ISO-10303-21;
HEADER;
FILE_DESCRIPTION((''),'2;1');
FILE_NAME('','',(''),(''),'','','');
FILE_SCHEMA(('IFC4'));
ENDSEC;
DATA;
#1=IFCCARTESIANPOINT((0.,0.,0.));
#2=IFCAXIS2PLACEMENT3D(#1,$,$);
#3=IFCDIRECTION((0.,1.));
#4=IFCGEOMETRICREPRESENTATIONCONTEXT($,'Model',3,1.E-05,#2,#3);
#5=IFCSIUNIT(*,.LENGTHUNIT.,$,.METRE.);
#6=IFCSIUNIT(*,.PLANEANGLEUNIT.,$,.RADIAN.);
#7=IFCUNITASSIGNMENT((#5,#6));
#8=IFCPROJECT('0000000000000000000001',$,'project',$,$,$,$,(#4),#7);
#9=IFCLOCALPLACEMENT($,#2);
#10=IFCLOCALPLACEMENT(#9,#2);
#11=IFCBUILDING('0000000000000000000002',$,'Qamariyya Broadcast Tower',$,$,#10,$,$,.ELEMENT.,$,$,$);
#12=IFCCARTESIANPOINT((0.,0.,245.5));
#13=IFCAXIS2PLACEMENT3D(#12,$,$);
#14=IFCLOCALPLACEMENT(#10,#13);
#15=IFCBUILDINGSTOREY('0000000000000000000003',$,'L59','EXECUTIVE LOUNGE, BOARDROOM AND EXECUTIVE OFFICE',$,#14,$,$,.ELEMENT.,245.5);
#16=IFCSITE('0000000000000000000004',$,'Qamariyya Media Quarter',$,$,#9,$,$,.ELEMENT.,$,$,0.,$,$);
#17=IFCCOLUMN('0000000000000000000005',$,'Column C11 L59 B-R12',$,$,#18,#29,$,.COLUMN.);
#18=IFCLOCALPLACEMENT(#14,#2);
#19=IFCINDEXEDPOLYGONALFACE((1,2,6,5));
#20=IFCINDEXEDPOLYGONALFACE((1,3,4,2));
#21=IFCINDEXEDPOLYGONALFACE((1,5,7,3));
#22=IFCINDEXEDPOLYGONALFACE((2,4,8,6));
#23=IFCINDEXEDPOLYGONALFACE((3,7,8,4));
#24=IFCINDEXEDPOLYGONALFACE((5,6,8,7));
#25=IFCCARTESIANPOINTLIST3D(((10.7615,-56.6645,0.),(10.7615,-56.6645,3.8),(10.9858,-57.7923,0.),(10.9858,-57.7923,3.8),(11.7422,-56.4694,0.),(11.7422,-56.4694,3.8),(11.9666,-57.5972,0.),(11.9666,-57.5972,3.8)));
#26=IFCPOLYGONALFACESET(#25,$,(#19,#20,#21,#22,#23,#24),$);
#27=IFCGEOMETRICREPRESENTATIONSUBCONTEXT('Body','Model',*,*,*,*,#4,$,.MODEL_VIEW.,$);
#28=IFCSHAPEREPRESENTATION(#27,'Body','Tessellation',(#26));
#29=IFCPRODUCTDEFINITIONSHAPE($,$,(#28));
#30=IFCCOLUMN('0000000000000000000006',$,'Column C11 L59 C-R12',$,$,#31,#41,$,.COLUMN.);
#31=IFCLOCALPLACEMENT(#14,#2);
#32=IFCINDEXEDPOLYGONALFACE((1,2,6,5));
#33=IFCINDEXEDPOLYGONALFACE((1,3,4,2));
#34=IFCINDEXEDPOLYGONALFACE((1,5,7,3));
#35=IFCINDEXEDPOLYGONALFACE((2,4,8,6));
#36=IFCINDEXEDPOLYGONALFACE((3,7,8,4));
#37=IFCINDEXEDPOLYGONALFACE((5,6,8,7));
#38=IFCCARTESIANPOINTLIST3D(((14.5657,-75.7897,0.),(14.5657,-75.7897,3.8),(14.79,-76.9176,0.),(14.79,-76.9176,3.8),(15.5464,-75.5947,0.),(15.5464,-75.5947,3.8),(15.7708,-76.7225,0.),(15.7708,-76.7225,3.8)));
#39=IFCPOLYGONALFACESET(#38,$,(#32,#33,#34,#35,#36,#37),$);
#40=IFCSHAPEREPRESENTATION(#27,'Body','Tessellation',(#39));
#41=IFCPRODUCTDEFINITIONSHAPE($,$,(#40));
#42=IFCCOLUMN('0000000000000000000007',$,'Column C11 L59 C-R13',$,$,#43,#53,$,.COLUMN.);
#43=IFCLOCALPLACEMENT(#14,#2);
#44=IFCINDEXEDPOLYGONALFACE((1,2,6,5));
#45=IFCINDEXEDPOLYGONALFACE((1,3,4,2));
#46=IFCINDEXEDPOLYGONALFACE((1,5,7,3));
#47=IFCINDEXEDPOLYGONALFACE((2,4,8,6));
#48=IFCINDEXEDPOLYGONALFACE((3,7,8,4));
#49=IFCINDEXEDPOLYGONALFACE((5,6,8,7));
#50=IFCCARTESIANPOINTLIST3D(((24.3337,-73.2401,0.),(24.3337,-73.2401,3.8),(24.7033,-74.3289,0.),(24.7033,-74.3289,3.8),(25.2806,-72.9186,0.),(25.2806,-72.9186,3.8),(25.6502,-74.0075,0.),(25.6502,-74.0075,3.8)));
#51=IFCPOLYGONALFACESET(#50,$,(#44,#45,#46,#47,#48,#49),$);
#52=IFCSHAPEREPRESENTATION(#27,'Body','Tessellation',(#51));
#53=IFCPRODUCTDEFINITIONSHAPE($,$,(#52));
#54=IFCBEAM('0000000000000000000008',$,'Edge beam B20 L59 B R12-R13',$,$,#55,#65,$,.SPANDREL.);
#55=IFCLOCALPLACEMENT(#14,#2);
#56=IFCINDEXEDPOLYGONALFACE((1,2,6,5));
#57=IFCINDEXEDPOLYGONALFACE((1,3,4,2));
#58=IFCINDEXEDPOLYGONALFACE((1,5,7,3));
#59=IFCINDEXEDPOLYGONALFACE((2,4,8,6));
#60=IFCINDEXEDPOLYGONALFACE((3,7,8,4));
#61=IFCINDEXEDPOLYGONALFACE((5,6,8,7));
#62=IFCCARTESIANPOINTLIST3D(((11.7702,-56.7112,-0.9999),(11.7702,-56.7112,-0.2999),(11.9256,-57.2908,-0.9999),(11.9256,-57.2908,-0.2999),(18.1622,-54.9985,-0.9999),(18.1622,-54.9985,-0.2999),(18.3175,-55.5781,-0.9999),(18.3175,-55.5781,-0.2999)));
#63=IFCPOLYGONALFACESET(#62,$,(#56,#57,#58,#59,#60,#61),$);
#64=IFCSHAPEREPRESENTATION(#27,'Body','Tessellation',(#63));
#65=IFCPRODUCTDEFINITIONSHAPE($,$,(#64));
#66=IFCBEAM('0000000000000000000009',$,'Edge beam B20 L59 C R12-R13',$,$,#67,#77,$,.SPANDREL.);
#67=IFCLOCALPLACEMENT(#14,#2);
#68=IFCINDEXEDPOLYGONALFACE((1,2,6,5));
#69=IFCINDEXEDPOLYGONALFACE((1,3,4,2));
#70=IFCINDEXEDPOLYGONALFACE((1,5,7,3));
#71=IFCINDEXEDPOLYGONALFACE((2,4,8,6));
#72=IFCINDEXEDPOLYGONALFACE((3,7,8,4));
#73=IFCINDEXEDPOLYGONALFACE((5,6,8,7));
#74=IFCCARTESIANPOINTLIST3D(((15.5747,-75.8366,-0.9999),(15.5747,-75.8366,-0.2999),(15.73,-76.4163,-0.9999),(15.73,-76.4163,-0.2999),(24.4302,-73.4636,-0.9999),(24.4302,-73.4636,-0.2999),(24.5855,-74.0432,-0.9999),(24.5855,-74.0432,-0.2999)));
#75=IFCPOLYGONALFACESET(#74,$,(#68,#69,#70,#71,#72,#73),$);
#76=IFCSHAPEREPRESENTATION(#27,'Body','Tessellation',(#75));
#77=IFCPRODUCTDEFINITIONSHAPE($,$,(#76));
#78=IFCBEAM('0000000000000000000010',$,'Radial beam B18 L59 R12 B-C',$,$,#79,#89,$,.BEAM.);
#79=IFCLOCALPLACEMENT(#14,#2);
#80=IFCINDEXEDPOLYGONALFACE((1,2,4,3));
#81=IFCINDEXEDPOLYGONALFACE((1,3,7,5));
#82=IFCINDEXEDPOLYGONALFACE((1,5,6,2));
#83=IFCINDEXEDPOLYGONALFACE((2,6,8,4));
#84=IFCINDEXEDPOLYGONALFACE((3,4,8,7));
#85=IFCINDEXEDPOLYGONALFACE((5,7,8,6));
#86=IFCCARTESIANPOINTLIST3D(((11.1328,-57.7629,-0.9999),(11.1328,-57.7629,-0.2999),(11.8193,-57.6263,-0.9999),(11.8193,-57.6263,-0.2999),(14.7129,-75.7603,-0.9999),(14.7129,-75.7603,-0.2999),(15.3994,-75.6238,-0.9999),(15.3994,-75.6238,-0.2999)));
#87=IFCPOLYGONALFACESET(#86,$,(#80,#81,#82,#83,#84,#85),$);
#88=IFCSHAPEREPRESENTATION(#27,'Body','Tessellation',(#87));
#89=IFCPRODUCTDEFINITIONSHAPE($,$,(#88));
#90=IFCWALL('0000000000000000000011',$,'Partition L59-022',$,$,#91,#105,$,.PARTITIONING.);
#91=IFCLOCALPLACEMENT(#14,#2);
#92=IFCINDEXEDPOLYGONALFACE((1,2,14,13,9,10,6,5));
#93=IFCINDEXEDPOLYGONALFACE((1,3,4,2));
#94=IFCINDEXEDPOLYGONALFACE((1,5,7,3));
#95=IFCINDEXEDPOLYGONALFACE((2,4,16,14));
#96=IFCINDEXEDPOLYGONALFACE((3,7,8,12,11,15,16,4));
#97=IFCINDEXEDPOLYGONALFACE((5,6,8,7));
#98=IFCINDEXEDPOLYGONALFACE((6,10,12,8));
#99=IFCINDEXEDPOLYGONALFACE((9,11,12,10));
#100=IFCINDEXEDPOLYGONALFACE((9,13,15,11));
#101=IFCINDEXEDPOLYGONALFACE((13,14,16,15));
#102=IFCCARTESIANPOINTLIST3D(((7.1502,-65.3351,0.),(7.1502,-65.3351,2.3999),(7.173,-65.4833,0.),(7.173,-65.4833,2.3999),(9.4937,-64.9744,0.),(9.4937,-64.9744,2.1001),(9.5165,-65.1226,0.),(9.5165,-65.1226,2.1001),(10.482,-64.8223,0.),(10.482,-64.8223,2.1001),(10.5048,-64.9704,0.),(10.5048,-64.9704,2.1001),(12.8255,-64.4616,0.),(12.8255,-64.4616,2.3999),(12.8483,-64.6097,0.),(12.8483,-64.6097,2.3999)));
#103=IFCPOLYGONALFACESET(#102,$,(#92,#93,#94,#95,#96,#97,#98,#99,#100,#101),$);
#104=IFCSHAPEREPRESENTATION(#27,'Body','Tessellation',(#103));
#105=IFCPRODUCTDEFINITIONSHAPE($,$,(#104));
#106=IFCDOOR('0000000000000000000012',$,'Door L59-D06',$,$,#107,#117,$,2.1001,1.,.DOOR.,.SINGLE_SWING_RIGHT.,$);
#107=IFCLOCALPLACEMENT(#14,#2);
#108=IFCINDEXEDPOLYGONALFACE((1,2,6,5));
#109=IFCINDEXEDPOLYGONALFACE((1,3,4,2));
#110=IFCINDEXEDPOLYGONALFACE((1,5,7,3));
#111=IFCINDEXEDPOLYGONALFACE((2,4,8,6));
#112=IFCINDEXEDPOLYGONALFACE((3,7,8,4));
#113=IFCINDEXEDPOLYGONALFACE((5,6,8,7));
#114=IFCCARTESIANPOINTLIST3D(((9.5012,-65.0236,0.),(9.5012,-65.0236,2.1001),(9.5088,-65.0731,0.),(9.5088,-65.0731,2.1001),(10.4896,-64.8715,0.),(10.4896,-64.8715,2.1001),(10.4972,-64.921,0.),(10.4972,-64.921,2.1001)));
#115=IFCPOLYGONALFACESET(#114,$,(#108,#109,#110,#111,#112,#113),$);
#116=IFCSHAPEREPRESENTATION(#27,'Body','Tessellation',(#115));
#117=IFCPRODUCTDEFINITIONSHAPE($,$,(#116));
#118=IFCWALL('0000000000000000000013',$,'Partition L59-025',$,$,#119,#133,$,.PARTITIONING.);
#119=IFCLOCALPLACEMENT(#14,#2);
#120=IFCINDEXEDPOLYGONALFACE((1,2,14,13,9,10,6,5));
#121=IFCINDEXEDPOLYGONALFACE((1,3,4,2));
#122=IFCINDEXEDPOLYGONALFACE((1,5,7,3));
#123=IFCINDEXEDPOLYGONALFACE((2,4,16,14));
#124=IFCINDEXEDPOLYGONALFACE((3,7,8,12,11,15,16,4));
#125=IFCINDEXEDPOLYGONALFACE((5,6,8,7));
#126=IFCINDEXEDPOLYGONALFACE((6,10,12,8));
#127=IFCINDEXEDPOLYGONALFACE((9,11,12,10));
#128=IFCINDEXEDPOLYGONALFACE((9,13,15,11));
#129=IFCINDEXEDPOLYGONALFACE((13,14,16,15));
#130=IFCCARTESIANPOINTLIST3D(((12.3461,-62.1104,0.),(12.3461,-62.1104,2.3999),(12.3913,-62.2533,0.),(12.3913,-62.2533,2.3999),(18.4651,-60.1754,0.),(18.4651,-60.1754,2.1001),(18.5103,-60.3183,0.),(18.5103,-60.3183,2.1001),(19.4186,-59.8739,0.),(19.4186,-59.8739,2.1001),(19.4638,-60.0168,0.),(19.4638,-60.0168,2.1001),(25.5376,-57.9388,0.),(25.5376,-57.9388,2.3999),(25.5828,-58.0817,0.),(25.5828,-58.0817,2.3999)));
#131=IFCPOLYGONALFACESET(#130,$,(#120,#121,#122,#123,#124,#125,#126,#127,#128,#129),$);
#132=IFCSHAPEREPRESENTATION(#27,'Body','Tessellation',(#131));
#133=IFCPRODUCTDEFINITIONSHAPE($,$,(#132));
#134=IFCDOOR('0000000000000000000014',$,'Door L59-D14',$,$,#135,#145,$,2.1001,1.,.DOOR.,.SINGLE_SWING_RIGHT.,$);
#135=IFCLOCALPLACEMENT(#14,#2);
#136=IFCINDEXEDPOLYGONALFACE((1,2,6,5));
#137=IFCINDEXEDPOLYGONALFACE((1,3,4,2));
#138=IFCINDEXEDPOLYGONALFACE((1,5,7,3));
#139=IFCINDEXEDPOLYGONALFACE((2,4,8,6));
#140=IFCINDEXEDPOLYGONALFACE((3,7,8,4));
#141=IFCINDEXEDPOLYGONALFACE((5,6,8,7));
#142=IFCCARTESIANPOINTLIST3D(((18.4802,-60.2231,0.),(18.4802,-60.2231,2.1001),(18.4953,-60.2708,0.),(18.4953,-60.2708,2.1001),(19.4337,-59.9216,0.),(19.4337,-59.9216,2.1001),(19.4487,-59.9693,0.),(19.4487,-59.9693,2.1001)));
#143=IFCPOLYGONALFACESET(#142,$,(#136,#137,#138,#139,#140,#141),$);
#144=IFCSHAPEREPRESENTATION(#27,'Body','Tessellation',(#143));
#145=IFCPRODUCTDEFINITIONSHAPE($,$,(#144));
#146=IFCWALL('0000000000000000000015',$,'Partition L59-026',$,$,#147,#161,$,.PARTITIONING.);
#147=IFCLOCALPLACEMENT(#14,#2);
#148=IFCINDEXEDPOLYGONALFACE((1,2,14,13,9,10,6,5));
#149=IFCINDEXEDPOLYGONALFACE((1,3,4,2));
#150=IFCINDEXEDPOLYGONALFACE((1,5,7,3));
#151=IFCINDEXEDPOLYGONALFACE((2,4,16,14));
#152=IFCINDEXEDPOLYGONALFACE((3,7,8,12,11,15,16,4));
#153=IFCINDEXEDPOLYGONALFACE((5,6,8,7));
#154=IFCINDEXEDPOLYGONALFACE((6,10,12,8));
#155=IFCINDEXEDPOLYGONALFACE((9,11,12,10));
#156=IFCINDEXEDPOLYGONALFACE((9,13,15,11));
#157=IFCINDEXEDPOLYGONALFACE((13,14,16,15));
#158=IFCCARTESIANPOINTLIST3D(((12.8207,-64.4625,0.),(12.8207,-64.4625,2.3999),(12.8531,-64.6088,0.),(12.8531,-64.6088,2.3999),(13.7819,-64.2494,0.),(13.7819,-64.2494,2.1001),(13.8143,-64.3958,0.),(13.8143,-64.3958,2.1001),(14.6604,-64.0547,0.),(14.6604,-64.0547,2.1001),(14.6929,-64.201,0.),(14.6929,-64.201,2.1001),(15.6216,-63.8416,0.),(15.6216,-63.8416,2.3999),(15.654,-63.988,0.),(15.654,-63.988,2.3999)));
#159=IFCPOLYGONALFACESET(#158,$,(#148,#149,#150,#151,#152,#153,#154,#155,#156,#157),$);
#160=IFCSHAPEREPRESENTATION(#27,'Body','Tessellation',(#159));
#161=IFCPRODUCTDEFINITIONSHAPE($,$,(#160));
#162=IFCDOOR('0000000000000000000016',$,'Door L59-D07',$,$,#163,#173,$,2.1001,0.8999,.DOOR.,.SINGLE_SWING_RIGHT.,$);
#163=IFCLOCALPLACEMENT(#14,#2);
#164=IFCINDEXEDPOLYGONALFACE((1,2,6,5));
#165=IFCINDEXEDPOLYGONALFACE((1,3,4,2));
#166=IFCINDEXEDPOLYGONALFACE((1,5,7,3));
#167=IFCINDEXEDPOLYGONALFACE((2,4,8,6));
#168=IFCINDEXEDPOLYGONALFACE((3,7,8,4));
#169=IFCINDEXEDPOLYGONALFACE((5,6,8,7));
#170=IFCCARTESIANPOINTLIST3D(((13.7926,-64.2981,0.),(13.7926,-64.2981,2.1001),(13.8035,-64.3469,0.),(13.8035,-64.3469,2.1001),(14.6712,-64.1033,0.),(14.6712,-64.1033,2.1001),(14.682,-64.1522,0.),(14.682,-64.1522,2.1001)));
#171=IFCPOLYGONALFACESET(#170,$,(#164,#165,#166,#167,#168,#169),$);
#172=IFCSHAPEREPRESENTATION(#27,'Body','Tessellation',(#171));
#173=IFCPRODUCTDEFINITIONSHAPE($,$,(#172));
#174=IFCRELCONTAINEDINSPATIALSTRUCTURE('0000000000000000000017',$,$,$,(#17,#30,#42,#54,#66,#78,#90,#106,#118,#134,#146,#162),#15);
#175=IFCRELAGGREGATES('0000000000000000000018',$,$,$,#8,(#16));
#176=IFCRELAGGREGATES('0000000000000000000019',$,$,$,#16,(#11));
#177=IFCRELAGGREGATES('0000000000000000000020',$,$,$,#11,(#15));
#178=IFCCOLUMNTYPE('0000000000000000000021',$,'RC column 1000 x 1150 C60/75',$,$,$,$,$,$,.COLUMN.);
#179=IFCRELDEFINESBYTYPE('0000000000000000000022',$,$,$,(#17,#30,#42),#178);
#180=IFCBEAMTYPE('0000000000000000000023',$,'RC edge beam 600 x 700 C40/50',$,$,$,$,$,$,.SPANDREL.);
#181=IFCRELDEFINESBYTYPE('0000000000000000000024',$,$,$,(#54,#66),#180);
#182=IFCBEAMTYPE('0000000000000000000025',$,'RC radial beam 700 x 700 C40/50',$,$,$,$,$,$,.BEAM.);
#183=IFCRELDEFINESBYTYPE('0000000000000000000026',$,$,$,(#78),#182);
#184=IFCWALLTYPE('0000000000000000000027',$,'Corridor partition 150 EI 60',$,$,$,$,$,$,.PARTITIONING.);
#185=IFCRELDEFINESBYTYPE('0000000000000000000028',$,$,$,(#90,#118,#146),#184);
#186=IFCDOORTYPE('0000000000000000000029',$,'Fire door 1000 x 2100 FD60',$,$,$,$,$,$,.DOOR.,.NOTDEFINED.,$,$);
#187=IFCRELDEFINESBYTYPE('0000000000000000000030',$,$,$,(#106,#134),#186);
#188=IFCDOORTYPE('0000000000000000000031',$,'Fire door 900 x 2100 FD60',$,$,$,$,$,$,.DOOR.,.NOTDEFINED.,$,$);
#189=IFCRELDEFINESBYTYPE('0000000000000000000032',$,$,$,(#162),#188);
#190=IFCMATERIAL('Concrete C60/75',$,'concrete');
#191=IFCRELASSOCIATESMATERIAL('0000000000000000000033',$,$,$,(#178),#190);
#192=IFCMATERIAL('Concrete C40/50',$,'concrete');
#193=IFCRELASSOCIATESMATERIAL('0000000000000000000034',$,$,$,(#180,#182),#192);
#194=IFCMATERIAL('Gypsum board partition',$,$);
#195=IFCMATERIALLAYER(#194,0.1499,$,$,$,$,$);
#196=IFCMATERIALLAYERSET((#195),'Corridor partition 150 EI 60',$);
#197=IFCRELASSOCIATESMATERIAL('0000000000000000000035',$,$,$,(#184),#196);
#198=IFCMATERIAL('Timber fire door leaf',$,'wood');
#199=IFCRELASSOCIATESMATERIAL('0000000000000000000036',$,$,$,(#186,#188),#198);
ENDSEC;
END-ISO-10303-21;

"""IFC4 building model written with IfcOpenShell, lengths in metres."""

from ifc_helpers import new_model, si_unit, direction, frame, frame_2d, origin, origin_2d, place, context, subcontext, project, spatial, rectangle, extrude, material, layer, layer_set, material_profile, profile_set, type_object, element, fill, save


model = new_model("IFC4")

# Units and contexts
model_context = context("Model", 3, precision=1e-05, world=origin(), true_north=direction((0.0, 1.0)))
body_context = subcontext(model_context, "Body", "Model", "MODEL_VIEW")
ifc_project = project(units=[si_unit("LENGTHUNIT", "METRE"), si_unit("PLANEANGLEUNIT", "RADIAN")], contexts=[model_context])

# Site, building, storey
site_placement = place(None, origin())
site = spatial("IfcSite", under=ifc_project, at=site_placement, Name="Qamariyya Media Quarter", CompositionType="ELEMENT", RefElevation=0.0)
building_placement = place(site_placement, origin())
building = spatial("IfcBuilding", under=site, at=building_placement, Name="Qamariyya Broadcast Tower", CompositionType="ELEMENT")
storey_placement = place(building_placement, frame((0.0, 0.0, 245.5)))
storey = spatial("IfcBuildingStorey", under=building, at=storey_placement, Name="L59", Description="EXECUTIVE LOUNGE, BOARDROOM AND EXECUTIVE OFFICE", CompositionType="ELEMENT", Elevation=245.5)

# Columns
ifc_material_1 = material(Name="Concrete C60/75", Category="concrete")
ifc_material_profile_1 = material_profile(ifc_material_1, rectangle(XDim=1.0, YDim=1.1499, at=origin_2d()))
ifc_profile_set_1 = profile_set([ifc_material_profile_1], Name="Concrete C60/75")
column_type = type_object("IfcColumnType", Name="RC column 1000 x 1150 C60/75", PredefinedType="COLUMN", material=ifc_profile_set_1)
for number, where, z_axis, x_axis, name in (
    (1, (11.364, -57.1309, 0.0), (0.0, 0.0, 1.0), (0.980785, 0.19509, 0.0), "Column C11 L59 B-R12"),
    (2, (15.1682, -76.2561, 0.0), (0.0, 0.0, 1.0), (0.980785, 0.19509, 0.0), "Column C11 L59 C-R12"),
    (3, (24.9919, -73.6238, 0.0), (0.0, 0.0, 1.0), (0.94693, 0.321439, 0.0), "Column C11 L59 C-R13"),
):
    element("IfcColumn", number, at=place(storey_placement, frame(where, z_axis=z_axis, x_axis=x_axis)), inside=storey, type_object=column_type, Name=name, PredefinedType="COLUMN", context=body_context, shape_type="SweptSolid", body=[
        extrude(rectangle(XDim=1.0, YDim=1.1499, at=origin_2d()), origin(), (0.0, 0.0, 1.0), 3.8),
    ])

# Beams
ifc_material_2 = material(Name="Concrete C40/50", Category="concrete")
ifc_material_profile_2 = material_profile(ifc_material_2, rectangle(XDim=0.6001, YDim=0.7, at=origin_2d()))
ifc_profile_set_2 = profile_set([ifc_material_profile_2], Name="Concrete C40/50")
beam_type_1 = type_object("IfcBeamType", Name="RC edge beam 600 x 700 C40/50", PredefinedType="SPANDREL", material=ifc_profile_set_2)
beam_1_placement = place(storey_placement, frame((11.8479, -57.001, -0.6499), z_axis=(0.965927, 0.258813, 0.0), x_axis=(-0.258813, 0.965927, 0.0)))
element("IfcBeam", 4, at=beam_1_placement, inside=storey, type_object=beam_type_1, Name="Edge beam B20 L59 B R12-R13", PredefinedType="SPANDREL", context=body_context, shape_type="SweptSolid", body=[
    extrude(rectangle(XDim=0.6001, YDim=0.7, at=origin_2d()), origin(), (0.0, 0.0, 1.0), 6.6174),
])
beam_2_placement = place(storey_placement, frame((15.6523, -76.1265, -0.6499), z_axis=(0.96592, 0.258843, 0.0), x_axis=(-0.258843, 0.96592, 0.0)))
element("IfcBeam", 5, at=beam_2_placement, inside=storey, type_object=beam_type_1, Name="Edge beam B20 L59 C R12-R13", PredefinedType="SPANDREL", context=body_context, shape_type="SweptSolid", body=[
    extrude(rectangle(XDim=0.6001, YDim=0.7, at=origin_2d()), origin(), (0.0, 0.0, 1.0), 9.168),
])
ifc_material_profile_3 = material_profile(ifc_material_2, rectangle(XDim=0.7, YDim=0.7, at=origin_2d()))
ifc_profile_set_3 = profile_set([ifc_material_profile_3], Name="Concrete C40/50")
beam_type_2 = type_object("IfcBeamType", Name="RC radial beam 700 x 700 C40/50", PredefinedType="BEAM", material=ifc_profile_set_3)
beam_3_placement = place(storey_placement, frame((11.4761, -57.6946, -0.6499), z_axis=(0.195098, -0.980784, 0.0), x_axis=(0.980784, 0.195098, 0.0)))
element("IfcBeam", 6, at=beam_3_placement, inside=storey, type_object=beam_type_2, Name="Radial beam B18 L59 R12 B-C", PredefinedType="BEAM", context=body_context, shape_type="SweptSolid", body=[
    extrude(rectangle(XDim=0.7, YDim=0.7, at=origin_2d()), origin(), (0.0, 0.0, 1.0), 18.3501),
])

# Walls, openings, doors
ifc_material_3 = material(Name="Gypsum board partition")
ifc_layer_1 = layer(ifc_material_3, 0.1499)
ifc_layer_set_1 = layer_set([ifc_layer_1], Name="Corridor partition 150 EI 60")
wall_type_1 = type_object("IfcWallType", Name="Corridor partition 150 EI 60", PredefinedType="PARTITIONING", material=ifc_layer_set_1)
wall_1_placement = place(storey_placement, frame((12.8369, -64.5356, 0.0), z_axis=(0.0, 0.0, 1.0), x_axis=(-0.988361, -0.152127, 0.0)))
wall_1 = element("IfcWall", 7, at=wall_1_placement, inside=storey, type_object=wall_type_1, Name="Partition L59-022", PredefinedType="PARTITIONING", context=body_context, shape_type="SweptSolid", body=[
    extrude(rectangle(XDim=5.7422, YDim=0.1499, at=frame_2d((2.8711, 0.0))), origin(), (0.0, 0.0, 1.0), 2.3999),
])
opening_1_placement = place(wall_1_placement, frame((2.3711, 0.0, 0.0)))
opening_1 = element("IfcOpeningElement", 8, at=opening_1_placement, cuts=wall_1, PredefinedType="OPENING", context=body_context, shape_type="SweptSolid", body=[
    extrude(rectangle(XDim=1.0, YDim=2.1001, at=frame_2d((0.5, 1.05))), frame((0.0, 0.085, 0.0), z_axis=(0.0, -1.0, 0.0), x_axis=(1.0, 0.0, 0.0)), (0.0, 0.0, 1.0), 0.1699),
])
ifc_material_4 = material(Name="Timber fire door leaf", Category="wood")
door_type_1 = type_object("IfcDoorType", Name="Fire door 1000 x 2100 FD60", OperationType="NOTDEFINED", PredefinedType="DOOR", material=ifc_material_4)
door_1_placement = place(opening_1_placement, origin())
door_1 = element("IfcDoor", 9, at=door_1_placement, inside=storey, type_object=door_type_1, Name="Door L59-D06", OperationType="SINGLE_SWING_RIGHT", OverallHeight=2.1001, OverallWidth=1.0, PredefinedType="DOOR", context=body_context, shape_type="SweptSolid", body=[
    extrude(rectangle(XDim=1.0, YDim=2.1001, at=frame_2d((0.5, 1.05))), frame((0.0, 0.0249, 0.0), z_axis=(0.0, -1.0, 0.0), x_axis=(1.0, 0.0, 0.0)), (0.0, 0.0, 1.0), 0.05),
])
fill(opening_1, door_1)
wall_2_placement = place(storey_placement, frame((12.3687, -62.1819, 0.0), z_axis=(0.0, 0.0, 1.0), x_axis=(0.953461, 0.301516, 0.0)))
wall_2 = element("IfcWall", 10, at=wall_2_placement, inside=storey, type_object=wall_type_1, Name="Partition L59-025", PredefinedType="PARTITIONING", context=body_context, shape_type="SweptSolid", body=[
    extrude(rectangle(XDim=13.8354, YDim=0.1499, at=frame_2d((6.9177, 0.0))), origin(), (0.0, 0.0, 1.0), 2.3999),
])
opening_2_placement = place(wall_2_placement, frame((6.4177, 0.0, 0.0)))
opening_2 = element("IfcOpeningElement", 11, at=opening_2_placement, cuts=wall_2, PredefinedType="OPENING", context=body_context, shape_type="SweptSolid", body=[
    extrude(rectangle(XDim=1.0, YDim=2.1001, at=frame_2d((0.5, 1.05))), frame((0.0, 0.085, 0.0), z_axis=(0.0, -1.0, 0.0), x_axis=(1.0, 0.0, 0.0)), (0.0, 0.0, 1.0), 0.1699),
])
door_2_placement = place(opening_2_placement, origin())
door_2 = element("IfcDoor", 12, at=door_2_placement, inside=storey, type_object=door_type_1, Name="Door L59-D14", OperationType="SINGLE_SWING_RIGHT", OverallHeight=2.1001, OverallWidth=1.0, PredefinedType="DOOR", context=body_context, shape_type="SweptSolid", body=[
    extrude(rectangle(XDim=1.0, YDim=2.1001, at=frame_2d((0.5, 1.05))), frame((0.0, 0.0249, 0.0), z_axis=(0.0, -1.0, 0.0), x_axis=(1.0, 0.0, 0.0)), (0.0, 0.0, 1.0), 0.05),
])
fill(opening_2, door_2)
wall_3_placement = place(storey_placement, frame((15.6379, -63.9148, 0.0), z_axis=(0.0, 0.0, 1.0), x_axis=(-0.976305, -0.216399, 0.0)))
wall_3 = element("IfcWall", 13, at=wall_3_placement, inside=storey, type_object=wall_type_1, Name="Partition L59-026", PredefinedType="PARTITIONING", context=body_context, shape_type="SweptSolid", body=[
    extrude(rectangle(XDim=2.8689, YDim=0.1499, at=frame_2d((1.4346, 0.0))), origin(), (0.0, 0.0, 1.0), 2.3999),
])
opening_3_placement = place(wall_3_placement, frame((0.9846, 0.0, 0.0)))
opening_3 = element("IfcOpeningElement", 14, at=opening_3_placement, cuts=wall_3, PredefinedType="OPENING", context=body_context, shape_type="SweptSolid", body=[
    extrude(rectangle(XDim=0.8999, YDim=2.1001, at=frame_2d((0.45, 1.05))), frame((0.0, 0.085, 0.0), z_axis=(0.0, -1.0, 0.0), x_axis=(1.0, 0.0, 0.0)), (0.0, 0.0, 1.0), 0.1699),
])
door_type_2 = type_object("IfcDoorType", Name="Fire door 900 x 2100 FD60", OperationType="NOTDEFINED", PredefinedType="DOOR", material=ifc_material_4)
door_3_placement = place(opening_3_placement, origin())
door_3 = element("IfcDoor", 15, at=door_3_placement, inside=storey, type_object=door_type_2, Name="Door L59-D07", OperationType="SINGLE_SWING_RIGHT", OverallHeight=2.1001, OverallWidth=0.8999, PredefinedType="DOOR", context=body_context, shape_type="SweptSolid", body=[
    extrude(rectangle(XDim=0.8999, YDim=2.1001, at=frame_2d((0.45, 1.05))), frame((0.0, 0.0249, 0.0), z_axis=(0.0, -1.0, 0.0), x_axis=(1.0, 0.0, 0.0)), (0.0, 0.0, 1.0), 0.05),
])
fill(opening_3, door_3)

save(model, "model.ifc")
